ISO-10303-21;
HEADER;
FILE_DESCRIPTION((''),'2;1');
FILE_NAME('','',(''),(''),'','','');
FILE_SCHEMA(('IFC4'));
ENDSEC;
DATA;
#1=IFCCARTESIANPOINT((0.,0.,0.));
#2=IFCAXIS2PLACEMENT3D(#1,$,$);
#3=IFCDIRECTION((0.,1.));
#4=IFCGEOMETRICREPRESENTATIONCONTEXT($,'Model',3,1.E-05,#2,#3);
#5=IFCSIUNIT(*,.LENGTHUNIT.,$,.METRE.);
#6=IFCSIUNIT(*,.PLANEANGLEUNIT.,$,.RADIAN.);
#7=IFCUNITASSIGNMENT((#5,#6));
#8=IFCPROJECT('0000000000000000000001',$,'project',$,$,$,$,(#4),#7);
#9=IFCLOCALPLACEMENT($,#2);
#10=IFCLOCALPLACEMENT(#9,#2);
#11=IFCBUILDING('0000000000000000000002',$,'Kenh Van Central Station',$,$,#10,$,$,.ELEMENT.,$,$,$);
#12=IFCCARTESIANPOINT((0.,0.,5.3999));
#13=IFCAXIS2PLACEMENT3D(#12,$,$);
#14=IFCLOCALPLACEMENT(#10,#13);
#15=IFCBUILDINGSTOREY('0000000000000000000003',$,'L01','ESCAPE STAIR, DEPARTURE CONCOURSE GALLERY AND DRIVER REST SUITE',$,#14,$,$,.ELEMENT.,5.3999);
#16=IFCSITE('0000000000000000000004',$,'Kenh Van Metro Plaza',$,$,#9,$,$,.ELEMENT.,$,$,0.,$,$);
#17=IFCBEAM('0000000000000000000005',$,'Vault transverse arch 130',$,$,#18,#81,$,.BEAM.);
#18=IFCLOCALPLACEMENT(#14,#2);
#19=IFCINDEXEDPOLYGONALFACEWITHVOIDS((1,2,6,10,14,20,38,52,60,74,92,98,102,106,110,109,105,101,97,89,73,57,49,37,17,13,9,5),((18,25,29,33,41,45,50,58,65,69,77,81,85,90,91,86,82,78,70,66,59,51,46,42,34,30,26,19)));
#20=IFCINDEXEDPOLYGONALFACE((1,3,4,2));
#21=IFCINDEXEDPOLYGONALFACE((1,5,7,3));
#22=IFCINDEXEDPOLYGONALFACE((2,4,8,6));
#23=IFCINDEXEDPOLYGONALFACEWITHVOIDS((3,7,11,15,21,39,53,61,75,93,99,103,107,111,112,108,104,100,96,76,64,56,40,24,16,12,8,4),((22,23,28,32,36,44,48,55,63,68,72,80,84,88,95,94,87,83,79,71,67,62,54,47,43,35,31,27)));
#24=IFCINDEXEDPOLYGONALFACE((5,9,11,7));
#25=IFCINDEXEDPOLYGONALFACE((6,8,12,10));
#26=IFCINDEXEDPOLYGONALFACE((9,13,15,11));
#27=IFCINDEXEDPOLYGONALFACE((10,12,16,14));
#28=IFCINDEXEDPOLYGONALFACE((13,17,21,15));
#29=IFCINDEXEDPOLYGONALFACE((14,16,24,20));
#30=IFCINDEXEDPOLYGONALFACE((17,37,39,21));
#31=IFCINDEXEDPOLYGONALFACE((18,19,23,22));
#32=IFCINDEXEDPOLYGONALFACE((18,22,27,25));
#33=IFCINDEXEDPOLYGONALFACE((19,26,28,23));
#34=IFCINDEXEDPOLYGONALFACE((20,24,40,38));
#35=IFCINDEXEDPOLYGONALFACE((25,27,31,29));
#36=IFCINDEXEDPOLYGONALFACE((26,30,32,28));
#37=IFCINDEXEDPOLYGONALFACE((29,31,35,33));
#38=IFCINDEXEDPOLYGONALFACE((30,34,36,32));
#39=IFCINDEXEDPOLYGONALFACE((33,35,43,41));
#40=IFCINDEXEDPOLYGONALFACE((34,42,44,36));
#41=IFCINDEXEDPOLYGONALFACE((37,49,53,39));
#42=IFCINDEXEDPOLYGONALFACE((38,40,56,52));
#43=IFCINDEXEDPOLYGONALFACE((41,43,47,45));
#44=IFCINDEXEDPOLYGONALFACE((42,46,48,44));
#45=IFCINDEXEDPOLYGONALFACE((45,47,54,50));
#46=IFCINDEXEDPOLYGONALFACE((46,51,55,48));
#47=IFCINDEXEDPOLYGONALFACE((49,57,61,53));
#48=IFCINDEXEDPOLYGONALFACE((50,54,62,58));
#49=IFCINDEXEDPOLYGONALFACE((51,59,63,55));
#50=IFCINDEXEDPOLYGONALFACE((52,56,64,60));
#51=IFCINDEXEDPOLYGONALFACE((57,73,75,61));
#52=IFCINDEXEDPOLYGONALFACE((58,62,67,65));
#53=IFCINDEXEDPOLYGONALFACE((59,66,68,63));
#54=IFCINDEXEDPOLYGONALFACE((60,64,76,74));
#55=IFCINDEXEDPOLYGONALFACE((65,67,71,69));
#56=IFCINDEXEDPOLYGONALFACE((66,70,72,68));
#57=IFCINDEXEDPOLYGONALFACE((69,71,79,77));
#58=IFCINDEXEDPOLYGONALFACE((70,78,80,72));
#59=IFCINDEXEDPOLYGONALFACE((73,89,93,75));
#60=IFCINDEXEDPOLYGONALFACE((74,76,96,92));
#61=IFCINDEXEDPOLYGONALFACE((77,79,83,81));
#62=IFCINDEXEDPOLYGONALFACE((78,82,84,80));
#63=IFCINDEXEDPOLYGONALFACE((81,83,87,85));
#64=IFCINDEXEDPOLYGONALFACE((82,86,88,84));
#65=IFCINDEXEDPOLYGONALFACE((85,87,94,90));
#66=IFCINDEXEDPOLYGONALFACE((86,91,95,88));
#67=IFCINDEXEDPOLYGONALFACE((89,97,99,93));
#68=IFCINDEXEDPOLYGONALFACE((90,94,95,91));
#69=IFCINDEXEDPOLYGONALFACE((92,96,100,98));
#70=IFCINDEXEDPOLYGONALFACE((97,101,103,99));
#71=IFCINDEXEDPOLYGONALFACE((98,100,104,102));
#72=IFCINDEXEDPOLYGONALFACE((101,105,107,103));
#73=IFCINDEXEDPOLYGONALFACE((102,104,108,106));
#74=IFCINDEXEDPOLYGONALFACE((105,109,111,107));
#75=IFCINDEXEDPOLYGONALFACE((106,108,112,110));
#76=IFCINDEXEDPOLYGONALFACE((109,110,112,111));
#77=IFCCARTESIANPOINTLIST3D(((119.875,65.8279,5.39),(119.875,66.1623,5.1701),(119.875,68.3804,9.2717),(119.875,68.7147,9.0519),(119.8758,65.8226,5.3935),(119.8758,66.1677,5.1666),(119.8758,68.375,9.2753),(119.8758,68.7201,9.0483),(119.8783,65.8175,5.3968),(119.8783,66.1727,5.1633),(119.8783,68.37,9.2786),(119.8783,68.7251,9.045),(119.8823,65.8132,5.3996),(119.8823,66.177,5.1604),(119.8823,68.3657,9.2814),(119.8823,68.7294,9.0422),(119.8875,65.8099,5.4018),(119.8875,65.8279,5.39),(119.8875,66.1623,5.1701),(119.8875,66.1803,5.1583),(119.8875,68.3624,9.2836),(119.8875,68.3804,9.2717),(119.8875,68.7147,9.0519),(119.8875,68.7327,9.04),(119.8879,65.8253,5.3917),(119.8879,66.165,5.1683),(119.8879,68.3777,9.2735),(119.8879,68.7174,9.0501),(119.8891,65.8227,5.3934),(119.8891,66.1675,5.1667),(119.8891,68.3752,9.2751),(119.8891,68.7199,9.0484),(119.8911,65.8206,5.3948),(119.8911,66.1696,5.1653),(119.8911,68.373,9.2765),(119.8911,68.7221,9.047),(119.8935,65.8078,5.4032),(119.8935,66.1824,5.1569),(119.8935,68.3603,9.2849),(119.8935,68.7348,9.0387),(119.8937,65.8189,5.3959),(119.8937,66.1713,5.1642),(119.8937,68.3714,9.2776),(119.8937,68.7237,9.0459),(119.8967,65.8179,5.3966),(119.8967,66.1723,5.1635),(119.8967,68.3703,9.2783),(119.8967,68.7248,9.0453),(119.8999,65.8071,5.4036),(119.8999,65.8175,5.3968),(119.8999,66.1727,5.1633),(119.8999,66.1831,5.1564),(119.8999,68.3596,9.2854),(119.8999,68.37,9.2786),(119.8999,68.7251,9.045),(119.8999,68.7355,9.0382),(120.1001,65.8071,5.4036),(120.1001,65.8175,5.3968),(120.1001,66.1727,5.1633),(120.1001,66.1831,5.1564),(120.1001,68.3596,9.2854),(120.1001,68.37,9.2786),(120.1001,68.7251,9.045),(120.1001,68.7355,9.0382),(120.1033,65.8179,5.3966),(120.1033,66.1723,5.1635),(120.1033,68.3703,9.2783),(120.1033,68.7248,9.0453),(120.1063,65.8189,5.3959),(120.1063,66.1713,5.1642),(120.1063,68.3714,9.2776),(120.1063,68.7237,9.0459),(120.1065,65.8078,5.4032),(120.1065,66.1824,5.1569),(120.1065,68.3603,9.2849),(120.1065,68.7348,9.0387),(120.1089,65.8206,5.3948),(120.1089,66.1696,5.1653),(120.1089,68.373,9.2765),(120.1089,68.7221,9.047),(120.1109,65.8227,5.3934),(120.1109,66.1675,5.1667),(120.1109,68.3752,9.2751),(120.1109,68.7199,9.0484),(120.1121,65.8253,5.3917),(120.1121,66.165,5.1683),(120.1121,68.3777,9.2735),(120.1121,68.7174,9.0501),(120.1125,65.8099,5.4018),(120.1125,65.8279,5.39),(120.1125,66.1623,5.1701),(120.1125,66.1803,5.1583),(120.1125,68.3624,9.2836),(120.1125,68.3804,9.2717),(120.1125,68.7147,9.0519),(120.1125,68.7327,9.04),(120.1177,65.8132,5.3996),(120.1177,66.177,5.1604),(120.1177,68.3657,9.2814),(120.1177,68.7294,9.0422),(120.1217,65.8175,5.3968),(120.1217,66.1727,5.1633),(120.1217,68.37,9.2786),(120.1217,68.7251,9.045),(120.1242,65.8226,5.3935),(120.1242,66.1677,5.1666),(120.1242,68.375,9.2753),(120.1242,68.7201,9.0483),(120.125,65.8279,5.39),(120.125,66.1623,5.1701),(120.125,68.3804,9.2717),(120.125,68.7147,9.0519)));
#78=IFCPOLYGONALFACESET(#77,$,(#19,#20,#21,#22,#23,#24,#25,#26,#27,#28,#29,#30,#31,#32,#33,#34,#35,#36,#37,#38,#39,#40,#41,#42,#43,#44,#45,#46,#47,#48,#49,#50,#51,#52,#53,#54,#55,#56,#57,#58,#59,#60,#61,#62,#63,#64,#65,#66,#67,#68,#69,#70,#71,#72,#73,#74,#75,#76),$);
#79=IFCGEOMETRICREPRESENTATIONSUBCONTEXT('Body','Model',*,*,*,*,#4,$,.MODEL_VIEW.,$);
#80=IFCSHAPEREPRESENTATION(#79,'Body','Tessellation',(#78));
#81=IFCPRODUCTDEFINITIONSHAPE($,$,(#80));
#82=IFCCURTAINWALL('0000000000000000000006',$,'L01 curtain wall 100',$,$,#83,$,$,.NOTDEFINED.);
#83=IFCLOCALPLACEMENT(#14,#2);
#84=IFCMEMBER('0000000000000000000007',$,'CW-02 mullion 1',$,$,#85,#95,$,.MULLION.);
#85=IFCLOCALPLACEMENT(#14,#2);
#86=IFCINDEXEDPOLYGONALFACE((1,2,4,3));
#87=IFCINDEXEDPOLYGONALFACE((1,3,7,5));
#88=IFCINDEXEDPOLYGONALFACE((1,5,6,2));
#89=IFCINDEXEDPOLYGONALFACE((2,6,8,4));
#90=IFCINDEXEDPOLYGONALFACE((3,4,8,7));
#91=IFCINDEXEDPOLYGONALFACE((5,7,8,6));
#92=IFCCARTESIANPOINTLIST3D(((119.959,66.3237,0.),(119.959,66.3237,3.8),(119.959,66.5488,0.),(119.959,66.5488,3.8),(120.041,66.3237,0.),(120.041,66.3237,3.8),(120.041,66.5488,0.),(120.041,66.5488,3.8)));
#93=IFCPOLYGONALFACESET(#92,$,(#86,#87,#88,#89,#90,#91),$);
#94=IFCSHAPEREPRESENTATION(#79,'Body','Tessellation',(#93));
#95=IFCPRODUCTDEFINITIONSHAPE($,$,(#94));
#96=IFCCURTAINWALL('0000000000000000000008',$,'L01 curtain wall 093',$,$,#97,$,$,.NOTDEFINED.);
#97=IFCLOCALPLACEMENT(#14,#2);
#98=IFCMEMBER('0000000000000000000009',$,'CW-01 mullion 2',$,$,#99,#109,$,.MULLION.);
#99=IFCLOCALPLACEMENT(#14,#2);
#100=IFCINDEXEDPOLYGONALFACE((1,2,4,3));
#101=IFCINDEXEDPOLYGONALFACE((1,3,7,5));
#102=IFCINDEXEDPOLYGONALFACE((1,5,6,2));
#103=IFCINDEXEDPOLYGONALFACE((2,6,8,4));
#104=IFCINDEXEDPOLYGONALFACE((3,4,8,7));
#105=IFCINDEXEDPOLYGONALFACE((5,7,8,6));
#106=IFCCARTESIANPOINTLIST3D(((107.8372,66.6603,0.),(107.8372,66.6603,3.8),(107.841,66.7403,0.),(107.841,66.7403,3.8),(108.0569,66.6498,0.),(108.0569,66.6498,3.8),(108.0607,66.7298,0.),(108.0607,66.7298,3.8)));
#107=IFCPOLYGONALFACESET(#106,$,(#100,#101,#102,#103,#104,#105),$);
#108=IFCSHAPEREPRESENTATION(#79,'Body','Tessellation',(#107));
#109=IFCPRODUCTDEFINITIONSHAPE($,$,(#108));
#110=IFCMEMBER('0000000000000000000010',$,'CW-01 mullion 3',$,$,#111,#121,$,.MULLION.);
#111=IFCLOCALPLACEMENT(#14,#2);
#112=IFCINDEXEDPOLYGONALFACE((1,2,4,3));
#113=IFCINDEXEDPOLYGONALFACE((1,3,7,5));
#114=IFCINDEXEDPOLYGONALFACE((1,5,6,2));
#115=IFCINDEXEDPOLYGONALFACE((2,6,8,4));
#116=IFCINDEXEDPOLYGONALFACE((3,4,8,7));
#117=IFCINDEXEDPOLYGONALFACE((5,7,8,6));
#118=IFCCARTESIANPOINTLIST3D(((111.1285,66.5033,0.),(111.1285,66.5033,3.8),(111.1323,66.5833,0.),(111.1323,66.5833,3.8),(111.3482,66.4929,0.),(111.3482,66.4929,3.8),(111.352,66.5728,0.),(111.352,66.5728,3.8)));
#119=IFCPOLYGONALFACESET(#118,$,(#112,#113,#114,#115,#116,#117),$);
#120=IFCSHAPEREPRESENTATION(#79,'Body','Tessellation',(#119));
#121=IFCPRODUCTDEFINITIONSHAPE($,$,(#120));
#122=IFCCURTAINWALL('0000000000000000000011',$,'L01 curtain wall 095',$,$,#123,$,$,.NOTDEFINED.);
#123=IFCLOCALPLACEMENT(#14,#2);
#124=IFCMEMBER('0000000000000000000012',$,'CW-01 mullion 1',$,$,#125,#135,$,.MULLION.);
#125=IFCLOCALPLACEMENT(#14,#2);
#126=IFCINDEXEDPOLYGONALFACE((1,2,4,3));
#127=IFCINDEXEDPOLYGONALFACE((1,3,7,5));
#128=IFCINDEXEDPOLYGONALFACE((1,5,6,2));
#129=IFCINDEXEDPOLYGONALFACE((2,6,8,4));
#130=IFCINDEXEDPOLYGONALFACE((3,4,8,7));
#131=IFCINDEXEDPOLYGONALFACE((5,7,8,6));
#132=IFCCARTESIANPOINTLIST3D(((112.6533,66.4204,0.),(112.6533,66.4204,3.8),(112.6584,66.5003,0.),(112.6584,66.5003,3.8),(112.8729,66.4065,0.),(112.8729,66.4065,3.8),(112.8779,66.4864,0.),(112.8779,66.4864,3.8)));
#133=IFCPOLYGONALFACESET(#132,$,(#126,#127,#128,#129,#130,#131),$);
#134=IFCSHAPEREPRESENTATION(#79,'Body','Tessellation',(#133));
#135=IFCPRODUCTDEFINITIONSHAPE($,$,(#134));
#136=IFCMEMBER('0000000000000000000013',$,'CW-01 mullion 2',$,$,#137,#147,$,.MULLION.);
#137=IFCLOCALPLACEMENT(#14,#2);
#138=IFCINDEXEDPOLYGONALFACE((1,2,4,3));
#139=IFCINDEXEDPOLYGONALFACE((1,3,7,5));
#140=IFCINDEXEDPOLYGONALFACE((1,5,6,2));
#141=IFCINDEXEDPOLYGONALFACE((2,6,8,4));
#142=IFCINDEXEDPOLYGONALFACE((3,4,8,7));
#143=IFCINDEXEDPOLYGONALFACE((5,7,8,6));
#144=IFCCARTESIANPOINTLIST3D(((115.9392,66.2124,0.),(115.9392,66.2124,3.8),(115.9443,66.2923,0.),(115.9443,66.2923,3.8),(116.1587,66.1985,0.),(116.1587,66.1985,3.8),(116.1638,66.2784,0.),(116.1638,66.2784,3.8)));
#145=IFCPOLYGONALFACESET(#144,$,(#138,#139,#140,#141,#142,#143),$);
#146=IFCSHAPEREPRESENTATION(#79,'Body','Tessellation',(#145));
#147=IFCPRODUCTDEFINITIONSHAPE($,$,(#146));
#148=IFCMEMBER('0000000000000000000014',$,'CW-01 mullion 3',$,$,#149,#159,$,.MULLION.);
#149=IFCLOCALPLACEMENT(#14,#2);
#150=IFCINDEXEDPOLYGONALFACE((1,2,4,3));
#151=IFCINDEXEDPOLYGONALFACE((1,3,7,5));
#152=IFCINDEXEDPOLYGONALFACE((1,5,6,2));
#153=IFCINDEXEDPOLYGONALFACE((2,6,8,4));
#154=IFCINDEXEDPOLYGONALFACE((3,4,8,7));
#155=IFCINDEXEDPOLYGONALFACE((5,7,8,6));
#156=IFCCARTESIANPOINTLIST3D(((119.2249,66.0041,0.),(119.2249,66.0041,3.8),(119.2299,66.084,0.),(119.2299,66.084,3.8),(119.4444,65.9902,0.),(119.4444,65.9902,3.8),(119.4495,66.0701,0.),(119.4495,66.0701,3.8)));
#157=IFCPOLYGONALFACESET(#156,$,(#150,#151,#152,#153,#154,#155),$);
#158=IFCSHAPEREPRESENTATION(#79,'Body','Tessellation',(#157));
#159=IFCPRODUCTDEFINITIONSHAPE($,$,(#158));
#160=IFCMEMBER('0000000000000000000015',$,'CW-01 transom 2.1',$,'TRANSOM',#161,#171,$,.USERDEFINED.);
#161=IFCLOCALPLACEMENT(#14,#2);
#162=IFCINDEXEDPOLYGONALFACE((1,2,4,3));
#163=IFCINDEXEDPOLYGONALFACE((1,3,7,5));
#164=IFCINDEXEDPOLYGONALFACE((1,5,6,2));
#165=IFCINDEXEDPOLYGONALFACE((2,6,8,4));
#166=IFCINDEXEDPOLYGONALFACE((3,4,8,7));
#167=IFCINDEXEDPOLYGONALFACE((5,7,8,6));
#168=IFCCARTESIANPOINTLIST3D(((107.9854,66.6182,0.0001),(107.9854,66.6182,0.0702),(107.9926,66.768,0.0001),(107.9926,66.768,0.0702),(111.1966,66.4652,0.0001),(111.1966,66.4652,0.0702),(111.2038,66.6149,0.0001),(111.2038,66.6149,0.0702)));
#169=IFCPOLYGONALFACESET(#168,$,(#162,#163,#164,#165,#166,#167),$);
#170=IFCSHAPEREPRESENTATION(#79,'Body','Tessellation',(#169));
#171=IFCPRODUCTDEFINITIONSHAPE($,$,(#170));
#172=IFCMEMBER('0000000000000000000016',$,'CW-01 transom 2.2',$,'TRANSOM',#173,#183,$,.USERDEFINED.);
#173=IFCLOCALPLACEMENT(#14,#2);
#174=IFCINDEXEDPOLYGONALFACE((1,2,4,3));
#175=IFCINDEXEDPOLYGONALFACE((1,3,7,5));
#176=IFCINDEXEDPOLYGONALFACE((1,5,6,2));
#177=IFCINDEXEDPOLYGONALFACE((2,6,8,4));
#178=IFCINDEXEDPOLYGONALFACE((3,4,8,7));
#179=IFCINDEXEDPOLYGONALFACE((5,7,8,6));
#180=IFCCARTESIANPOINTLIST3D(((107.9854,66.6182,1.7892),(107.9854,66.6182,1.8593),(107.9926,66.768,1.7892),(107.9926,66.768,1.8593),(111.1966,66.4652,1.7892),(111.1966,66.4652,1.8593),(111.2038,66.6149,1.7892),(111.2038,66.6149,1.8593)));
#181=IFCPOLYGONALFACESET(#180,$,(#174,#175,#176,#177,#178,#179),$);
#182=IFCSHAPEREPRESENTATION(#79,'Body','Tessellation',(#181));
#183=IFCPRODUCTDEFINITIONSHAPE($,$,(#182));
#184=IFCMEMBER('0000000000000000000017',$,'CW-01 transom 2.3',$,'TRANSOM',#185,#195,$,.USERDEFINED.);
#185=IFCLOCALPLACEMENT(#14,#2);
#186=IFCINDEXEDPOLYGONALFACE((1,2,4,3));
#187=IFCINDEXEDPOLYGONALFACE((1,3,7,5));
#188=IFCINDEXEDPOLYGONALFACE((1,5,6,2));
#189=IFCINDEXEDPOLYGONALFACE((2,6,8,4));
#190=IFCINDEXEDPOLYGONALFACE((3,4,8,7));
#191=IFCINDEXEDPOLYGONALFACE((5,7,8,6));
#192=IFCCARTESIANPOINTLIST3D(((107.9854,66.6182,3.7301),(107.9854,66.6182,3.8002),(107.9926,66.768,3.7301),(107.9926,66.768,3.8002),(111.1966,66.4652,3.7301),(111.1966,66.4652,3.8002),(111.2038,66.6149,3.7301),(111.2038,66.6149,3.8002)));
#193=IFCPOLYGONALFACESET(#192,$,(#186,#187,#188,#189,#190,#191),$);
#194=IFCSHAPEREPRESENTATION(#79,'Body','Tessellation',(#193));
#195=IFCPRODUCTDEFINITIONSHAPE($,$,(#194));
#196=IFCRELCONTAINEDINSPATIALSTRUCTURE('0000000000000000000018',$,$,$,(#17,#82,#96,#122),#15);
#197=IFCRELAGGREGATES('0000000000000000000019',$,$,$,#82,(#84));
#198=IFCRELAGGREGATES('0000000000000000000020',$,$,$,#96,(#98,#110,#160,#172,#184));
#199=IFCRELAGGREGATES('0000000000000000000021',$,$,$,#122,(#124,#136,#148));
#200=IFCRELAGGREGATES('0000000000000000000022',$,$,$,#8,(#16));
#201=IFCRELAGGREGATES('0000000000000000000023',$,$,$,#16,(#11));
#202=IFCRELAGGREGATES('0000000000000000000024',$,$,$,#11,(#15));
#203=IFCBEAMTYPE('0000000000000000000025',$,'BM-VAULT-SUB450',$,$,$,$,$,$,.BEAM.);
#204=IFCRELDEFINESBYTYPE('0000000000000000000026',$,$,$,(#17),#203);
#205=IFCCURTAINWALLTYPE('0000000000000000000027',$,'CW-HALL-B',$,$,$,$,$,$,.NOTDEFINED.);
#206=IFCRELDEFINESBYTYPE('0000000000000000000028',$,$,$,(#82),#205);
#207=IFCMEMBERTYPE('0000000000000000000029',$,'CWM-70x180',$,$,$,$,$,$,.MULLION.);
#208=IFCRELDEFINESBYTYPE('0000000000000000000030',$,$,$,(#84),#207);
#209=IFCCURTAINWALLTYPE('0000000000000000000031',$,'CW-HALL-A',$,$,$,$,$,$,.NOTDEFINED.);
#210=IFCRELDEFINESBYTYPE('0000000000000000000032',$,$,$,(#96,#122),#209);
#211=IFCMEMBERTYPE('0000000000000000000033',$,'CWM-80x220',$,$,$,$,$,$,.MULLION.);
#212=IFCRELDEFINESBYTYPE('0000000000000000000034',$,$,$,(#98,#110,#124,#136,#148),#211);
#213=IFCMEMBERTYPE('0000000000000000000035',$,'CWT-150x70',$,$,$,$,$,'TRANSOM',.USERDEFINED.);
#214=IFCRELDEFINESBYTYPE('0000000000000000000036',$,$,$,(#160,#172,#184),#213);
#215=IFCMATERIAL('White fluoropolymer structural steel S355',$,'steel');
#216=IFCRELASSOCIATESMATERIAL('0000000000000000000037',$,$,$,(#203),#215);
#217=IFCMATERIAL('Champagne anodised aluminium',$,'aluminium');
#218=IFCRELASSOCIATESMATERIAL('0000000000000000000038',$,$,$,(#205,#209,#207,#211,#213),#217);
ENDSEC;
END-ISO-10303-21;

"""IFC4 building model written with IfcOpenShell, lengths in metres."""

from ifc_helpers import new_model, si_unit, direction, frame, origin, origin_2d, place, context, subcontext, project, spatial, rectangle, hollow_rectangle, extrude, material, material_profile, profile_set, type_object, element, aggregate, save


model = new_model("IFC4")

# Units and contexts
model_context = context("Model", 3, precision=1e-05, world=origin(), true_north=direction((0.0, 1.0)))
body_context = subcontext(model_context, "Body", "Model", "MODEL_VIEW")
ifc_project = project(units=[si_unit("LENGTHUNIT", "METRE"), si_unit("PLANEANGLEUNIT", "RADIAN")], contexts=[model_context])

# Site, building, storey
site_placement = place(None, origin())
site = spatial("IfcSite", under=ifc_project, at=site_placement, Name="Kenh Van Metro Plaza", CompositionType="ELEMENT", RefElevation=0.0)
building_placement = place(site_placement, origin())
building = spatial("IfcBuilding", under=site, at=building_placement, Name="Kenh Van Central Station", CompositionType="ELEMENT")
storey_placement = place(building_placement, frame((0.0, 0.0, 5.3999)))
storey = spatial("IfcBuildingStorey", under=building, at=storey_placement, Name="L01", Description="ESCAPE STAIR, DEPARTURE CONCOURSE GALLERY AND DRIVER REST SUITE", CompositionType="ELEMENT", Elevation=5.3999)

# Beam
ifc_material_1 = material(Name="White fluoropolymer structural steel S355", Category="steel")
ifc_material_profile_1 = material_profile(ifc_material_1, hollow_rectangle(XDim=0.25, YDim=0.45, WallThickness=0.0125, InnerFilletRadius=0.0125, OuterFilletRadius=0.0249, at=origin_2d()), Name="RHS 450x250x12.5")
ifc_profile_set_1 = profile_set([ifc_material_profile_1], Name="White fluoropolymer structural steel S355")
beam_type_1 = type_object("IfcBeamType", Name="BM-VAULT-SUB450", PredefinedType="BEAM", material=ifc_profile_set_1)
beam_1_placement = place(storey_placement, frame((120.0, 65.9951, 5.28), z_axis=(0.0, 0.549414, 0.83555), x_axis=(-1.0, 0.0, 0.0)))
element("IfcBeam", 1, at=beam_1_placement, inside=storey, type_object=beam_type_1, Name="Vault transverse arch 130", PredefinedType="BEAM", context=body_context, shape_type="SweptSolid", body=[
    extrude(hollow_rectangle(XDim=0.25, YDim=0.45, WallThickness=0.0125, InnerFilletRadius=0.0125, OuterFilletRadius=0.0249, at=origin_2d()), origin(), (0.0, 0.0, 1.0), 4.6458),
])

# Curtain wall, member
ifc_material_2 = material(Name="Champagne anodised aluminium", Category="aluminium")
curtain_wall_type_1 = type_object("IfcCurtainWallType", Name="CW-HALL-B", PredefinedType="NOTDEFINED", material=ifc_material_2)
curtain_wall_1_placement = place(storey_placement, origin())
curtain_wall_1 = element("IfcCurtainWall", 2, at=curtain_wall_1_placement, inside=storey, type_object=curtain_wall_type_1, Name="L01 curtain wall 100", PredefinedType="NOTDEFINED")
ifc_material_profile_2 = material_profile(ifc_material_2, rectangle(XDim=0.082, YDim=0.2251, at=origin_2d()), Name="AL 82x225")
ifc_profile_set_2 = profile_set([ifc_material_profile_2], Name="Champagne anodised aluminium")
member_type_1 = type_object("IfcMemberType", Name="CWM-70x180", PredefinedType="MULLION", material=ifc_profile_set_2)
member_1_placement = place(storey_placement, frame((120.0, 66.4363, 0.0), z_axis=(0.0, 0.0, 1.0), x_axis=(-1.0, 0.0, 0.0)))
member_1 = element("IfcMember", 3, at=member_1_placement, type_object=member_type_1, Name="CW-02 mullion 1", PredefinedType="MULLION", context=body_context, shape_type="SweptSolid", body=[
    extrude(rectangle(XDim=0.082, YDim=0.2251, at=origin_2d()), origin(), (0.0, 0.0, 1.0), 3.8),
])

# Curtain walls, members
curtain_wall_type_2 = type_object("IfcCurtainWallType", Name="CW-HALL-A", PredefinedType="NOTDEFINED", material=ifc_material_2)
curtain_wall_2_placement = place(storey_placement, origin())
curtain_wall_2 = element("IfcCurtainWall", 4, at=curtain_wall_2_placement, inside=storey, type_object=curtain_wall_type_2, Name="L01 curtain wall 093", PredefinedType="NOTDEFINED")
ifc_material_profile_3 = material_profile(ifc_material_2, rectangle(XDim=0.0801, YDim=0.22, at=origin_2d()), Name="AL 80x220")
ifc_profile_set_3 = profile_set([ifc_material_profile_3], Name="Champagne anodised aluminium")
member_type_2 = type_object("IfcMemberType", Name="CWM-80x220", PredefinedType="MULLION", material=ifc_profile_set_3)
member_2_placement = place(storey_placement, frame((107.949, 66.6951, 0.0), z_axis=(0.0, 0.0, 1.0), x_axis=(0.047601, 0.998866, 0.0)))
member_2 = element("IfcMember", 5, at=member_2_placement, type_object=member_type_2, Name="CW-01 mullion 2", PredefinedType="MULLION", context=body_context, shape_type="SweptSolid", body=[
    extrude(rectangle(XDim=0.0801, YDim=0.22, at=origin_2d()), origin(), (0.0, 0.0, 1.0), 3.8),
])
member_3_placement = place(storey_placement, frame((111.2402, 66.5381, 0.0), z_axis=(0.0, 0.0, 1.0), x_axis=(0.047601, 0.998866, 0.0)))
member_3 = element("IfcMember", 6, at=member_3_placement, type_object=member_type_2, Name="CW-01 mullion 3", PredefinedType="MULLION", context=body_context, shape_type="SweptSolid", body=[
    extrude(rectangle(XDim=0.0801, YDim=0.22, at=origin_2d()), origin(), (0.0, 0.0, 1.0), 3.8),
])
curtain_wall_3_placement = place(storey_placement, origin())
curtain_wall_3 = element("IfcCurtainWall", 7, at=curtain_wall_3_placement, inside=storey, type_object=curtain_wall_type_2, Name="L01 curtain wall 095", PredefinedType="NOTDEFINED")
member_4_placement = place(storey_placement, frame((112.7656, 66.4534, 0.0), z_axis=(0.0, 0.0, 1.0), x_axis=(0.063211, 0.998, 0.0)))
member_4 = element("IfcMember", 8, at=member_4_placement, type_object=member_type_2, Name="CW-01 mullion 1", PredefinedType="MULLION", context=body_context, shape_type="SweptSolid", body=[
    extrude(rectangle(XDim=0.0801, YDim=0.22, at=origin_2d()), origin(), (0.0, 0.0, 1.0), 3.8),
])
member_5_placement = place(storey_placement, frame((116.0515, 66.2454, 0.0), z_axis=(0.0, 0.0, 1.0), x_axis=(0.063211, 0.998, 0.0)))
member_5 = element("IfcMember", 9, at=member_5_placement, type_object=member_type_2, Name="CW-01 mullion 2", PredefinedType="MULLION", context=body_context, shape_type="SweptSolid", body=[
    extrude(rectangle(XDim=0.0801, YDim=0.22, at=origin_2d()), origin(), (0.0, 0.0, 1.0), 3.8),
])
member_6_placement = place(storey_placement, frame((119.3372, 66.0371, 0.0), z_axis=(0.0, 0.0, 1.0), x_axis=(0.063211, 0.998, 0.0)))
member_6 = element("IfcMember", 10, at=member_6_placement, type_object=member_type_2, Name="CW-01 mullion 3", PredefinedType="MULLION", context=body_context, shape_type="SweptSolid", body=[
    extrude(rectangle(XDim=0.0801, YDim=0.22, at=origin_2d()), origin(), (0.0, 0.0, 1.0), 3.8),
])

# Members
ifc_material_profile_4 = material_profile(ifc_material_2, rectangle(XDim=0.1499, YDim=0.0701, at=origin_2d()), Name="AL 150x70")
ifc_profile_set_4 = profile_set([ifc_material_profile_4], Name="Champagne anodised aluminium")
member_type_3 = type_object("IfcMemberType", Name="CWT-150x70", ElementType="TRANSOM", PredefinedType="USERDEFINED", material=ifc_profile_set_4)
member_7_placement = place(storey_placement, frame((107.989, 66.6931, 0.0352), z_axis=(0.998866, -0.047616, 0.0), x_axis=(0.047616, 0.998866, 0.0)))
member_7 = element("IfcMember", 11, at=member_7_placement, type_object=member_type_3, Name="CW-01 transom 2.1", ObjectType="TRANSOM", PredefinedType="USERDEFINED", context=body_context, shape_type="SweptSolid", body=[
    extrude(rectangle(XDim=0.1499, YDim=0.0701, at=origin_2d()), origin(), (0.0, 0.0, 1.0), 3.2148),
])
member_8_placement = place(storey_placement, frame((107.989, 66.6931, 1.8242), z_axis=(0.998866, -0.047616, 0.0), x_axis=(0.047616, 0.998866, 0.0)))
member_8 = element("IfcMember", 12, at=member_8_placement, type_object=member_type_3, Name="CW-01 transom 2.2", ObjectType="TRANSOM", PredefinedType="USERDEFINED", context=body_context, shape_type="SweptSolid", body=[
    extrude(rectangle(XDim=0.1499, YDim=0.0701, at=origin_2d()), origin(), (0.0, 0.0, 1.0), 3.2148),
])
member_9_placement = place(storey_placement, frame((107.989, 66.6931, 3.7651), z_axis=(0.998866, -0.047616, 0.0), x_axis=(0.047616, 0.998866, 0.0)))
member_9 = element("IfcMember", 13, at=member_9_placement, type_object=member_type_3, Name="CW-01 transom 2.3", ObjectType="TRANSOM", PredefinedType="USERDEFINED", context=body_context, shape_type="SweptSolid", body=[
    extrude(rectangle(XDim=0.1499, YDim=0.0701, at=origin_2d()), origin(), (0.0, 0.0, 1.0), 3.2148),
])
aggregate(curtain_wall_1, [member_1])

aggregate(curtain_wall_2, [member_2, member_3, member_7, member_8, member_9])
aggregate(curtain_wall_3, [member_4, member_5, member_6])

save(model, "model.ifc")
